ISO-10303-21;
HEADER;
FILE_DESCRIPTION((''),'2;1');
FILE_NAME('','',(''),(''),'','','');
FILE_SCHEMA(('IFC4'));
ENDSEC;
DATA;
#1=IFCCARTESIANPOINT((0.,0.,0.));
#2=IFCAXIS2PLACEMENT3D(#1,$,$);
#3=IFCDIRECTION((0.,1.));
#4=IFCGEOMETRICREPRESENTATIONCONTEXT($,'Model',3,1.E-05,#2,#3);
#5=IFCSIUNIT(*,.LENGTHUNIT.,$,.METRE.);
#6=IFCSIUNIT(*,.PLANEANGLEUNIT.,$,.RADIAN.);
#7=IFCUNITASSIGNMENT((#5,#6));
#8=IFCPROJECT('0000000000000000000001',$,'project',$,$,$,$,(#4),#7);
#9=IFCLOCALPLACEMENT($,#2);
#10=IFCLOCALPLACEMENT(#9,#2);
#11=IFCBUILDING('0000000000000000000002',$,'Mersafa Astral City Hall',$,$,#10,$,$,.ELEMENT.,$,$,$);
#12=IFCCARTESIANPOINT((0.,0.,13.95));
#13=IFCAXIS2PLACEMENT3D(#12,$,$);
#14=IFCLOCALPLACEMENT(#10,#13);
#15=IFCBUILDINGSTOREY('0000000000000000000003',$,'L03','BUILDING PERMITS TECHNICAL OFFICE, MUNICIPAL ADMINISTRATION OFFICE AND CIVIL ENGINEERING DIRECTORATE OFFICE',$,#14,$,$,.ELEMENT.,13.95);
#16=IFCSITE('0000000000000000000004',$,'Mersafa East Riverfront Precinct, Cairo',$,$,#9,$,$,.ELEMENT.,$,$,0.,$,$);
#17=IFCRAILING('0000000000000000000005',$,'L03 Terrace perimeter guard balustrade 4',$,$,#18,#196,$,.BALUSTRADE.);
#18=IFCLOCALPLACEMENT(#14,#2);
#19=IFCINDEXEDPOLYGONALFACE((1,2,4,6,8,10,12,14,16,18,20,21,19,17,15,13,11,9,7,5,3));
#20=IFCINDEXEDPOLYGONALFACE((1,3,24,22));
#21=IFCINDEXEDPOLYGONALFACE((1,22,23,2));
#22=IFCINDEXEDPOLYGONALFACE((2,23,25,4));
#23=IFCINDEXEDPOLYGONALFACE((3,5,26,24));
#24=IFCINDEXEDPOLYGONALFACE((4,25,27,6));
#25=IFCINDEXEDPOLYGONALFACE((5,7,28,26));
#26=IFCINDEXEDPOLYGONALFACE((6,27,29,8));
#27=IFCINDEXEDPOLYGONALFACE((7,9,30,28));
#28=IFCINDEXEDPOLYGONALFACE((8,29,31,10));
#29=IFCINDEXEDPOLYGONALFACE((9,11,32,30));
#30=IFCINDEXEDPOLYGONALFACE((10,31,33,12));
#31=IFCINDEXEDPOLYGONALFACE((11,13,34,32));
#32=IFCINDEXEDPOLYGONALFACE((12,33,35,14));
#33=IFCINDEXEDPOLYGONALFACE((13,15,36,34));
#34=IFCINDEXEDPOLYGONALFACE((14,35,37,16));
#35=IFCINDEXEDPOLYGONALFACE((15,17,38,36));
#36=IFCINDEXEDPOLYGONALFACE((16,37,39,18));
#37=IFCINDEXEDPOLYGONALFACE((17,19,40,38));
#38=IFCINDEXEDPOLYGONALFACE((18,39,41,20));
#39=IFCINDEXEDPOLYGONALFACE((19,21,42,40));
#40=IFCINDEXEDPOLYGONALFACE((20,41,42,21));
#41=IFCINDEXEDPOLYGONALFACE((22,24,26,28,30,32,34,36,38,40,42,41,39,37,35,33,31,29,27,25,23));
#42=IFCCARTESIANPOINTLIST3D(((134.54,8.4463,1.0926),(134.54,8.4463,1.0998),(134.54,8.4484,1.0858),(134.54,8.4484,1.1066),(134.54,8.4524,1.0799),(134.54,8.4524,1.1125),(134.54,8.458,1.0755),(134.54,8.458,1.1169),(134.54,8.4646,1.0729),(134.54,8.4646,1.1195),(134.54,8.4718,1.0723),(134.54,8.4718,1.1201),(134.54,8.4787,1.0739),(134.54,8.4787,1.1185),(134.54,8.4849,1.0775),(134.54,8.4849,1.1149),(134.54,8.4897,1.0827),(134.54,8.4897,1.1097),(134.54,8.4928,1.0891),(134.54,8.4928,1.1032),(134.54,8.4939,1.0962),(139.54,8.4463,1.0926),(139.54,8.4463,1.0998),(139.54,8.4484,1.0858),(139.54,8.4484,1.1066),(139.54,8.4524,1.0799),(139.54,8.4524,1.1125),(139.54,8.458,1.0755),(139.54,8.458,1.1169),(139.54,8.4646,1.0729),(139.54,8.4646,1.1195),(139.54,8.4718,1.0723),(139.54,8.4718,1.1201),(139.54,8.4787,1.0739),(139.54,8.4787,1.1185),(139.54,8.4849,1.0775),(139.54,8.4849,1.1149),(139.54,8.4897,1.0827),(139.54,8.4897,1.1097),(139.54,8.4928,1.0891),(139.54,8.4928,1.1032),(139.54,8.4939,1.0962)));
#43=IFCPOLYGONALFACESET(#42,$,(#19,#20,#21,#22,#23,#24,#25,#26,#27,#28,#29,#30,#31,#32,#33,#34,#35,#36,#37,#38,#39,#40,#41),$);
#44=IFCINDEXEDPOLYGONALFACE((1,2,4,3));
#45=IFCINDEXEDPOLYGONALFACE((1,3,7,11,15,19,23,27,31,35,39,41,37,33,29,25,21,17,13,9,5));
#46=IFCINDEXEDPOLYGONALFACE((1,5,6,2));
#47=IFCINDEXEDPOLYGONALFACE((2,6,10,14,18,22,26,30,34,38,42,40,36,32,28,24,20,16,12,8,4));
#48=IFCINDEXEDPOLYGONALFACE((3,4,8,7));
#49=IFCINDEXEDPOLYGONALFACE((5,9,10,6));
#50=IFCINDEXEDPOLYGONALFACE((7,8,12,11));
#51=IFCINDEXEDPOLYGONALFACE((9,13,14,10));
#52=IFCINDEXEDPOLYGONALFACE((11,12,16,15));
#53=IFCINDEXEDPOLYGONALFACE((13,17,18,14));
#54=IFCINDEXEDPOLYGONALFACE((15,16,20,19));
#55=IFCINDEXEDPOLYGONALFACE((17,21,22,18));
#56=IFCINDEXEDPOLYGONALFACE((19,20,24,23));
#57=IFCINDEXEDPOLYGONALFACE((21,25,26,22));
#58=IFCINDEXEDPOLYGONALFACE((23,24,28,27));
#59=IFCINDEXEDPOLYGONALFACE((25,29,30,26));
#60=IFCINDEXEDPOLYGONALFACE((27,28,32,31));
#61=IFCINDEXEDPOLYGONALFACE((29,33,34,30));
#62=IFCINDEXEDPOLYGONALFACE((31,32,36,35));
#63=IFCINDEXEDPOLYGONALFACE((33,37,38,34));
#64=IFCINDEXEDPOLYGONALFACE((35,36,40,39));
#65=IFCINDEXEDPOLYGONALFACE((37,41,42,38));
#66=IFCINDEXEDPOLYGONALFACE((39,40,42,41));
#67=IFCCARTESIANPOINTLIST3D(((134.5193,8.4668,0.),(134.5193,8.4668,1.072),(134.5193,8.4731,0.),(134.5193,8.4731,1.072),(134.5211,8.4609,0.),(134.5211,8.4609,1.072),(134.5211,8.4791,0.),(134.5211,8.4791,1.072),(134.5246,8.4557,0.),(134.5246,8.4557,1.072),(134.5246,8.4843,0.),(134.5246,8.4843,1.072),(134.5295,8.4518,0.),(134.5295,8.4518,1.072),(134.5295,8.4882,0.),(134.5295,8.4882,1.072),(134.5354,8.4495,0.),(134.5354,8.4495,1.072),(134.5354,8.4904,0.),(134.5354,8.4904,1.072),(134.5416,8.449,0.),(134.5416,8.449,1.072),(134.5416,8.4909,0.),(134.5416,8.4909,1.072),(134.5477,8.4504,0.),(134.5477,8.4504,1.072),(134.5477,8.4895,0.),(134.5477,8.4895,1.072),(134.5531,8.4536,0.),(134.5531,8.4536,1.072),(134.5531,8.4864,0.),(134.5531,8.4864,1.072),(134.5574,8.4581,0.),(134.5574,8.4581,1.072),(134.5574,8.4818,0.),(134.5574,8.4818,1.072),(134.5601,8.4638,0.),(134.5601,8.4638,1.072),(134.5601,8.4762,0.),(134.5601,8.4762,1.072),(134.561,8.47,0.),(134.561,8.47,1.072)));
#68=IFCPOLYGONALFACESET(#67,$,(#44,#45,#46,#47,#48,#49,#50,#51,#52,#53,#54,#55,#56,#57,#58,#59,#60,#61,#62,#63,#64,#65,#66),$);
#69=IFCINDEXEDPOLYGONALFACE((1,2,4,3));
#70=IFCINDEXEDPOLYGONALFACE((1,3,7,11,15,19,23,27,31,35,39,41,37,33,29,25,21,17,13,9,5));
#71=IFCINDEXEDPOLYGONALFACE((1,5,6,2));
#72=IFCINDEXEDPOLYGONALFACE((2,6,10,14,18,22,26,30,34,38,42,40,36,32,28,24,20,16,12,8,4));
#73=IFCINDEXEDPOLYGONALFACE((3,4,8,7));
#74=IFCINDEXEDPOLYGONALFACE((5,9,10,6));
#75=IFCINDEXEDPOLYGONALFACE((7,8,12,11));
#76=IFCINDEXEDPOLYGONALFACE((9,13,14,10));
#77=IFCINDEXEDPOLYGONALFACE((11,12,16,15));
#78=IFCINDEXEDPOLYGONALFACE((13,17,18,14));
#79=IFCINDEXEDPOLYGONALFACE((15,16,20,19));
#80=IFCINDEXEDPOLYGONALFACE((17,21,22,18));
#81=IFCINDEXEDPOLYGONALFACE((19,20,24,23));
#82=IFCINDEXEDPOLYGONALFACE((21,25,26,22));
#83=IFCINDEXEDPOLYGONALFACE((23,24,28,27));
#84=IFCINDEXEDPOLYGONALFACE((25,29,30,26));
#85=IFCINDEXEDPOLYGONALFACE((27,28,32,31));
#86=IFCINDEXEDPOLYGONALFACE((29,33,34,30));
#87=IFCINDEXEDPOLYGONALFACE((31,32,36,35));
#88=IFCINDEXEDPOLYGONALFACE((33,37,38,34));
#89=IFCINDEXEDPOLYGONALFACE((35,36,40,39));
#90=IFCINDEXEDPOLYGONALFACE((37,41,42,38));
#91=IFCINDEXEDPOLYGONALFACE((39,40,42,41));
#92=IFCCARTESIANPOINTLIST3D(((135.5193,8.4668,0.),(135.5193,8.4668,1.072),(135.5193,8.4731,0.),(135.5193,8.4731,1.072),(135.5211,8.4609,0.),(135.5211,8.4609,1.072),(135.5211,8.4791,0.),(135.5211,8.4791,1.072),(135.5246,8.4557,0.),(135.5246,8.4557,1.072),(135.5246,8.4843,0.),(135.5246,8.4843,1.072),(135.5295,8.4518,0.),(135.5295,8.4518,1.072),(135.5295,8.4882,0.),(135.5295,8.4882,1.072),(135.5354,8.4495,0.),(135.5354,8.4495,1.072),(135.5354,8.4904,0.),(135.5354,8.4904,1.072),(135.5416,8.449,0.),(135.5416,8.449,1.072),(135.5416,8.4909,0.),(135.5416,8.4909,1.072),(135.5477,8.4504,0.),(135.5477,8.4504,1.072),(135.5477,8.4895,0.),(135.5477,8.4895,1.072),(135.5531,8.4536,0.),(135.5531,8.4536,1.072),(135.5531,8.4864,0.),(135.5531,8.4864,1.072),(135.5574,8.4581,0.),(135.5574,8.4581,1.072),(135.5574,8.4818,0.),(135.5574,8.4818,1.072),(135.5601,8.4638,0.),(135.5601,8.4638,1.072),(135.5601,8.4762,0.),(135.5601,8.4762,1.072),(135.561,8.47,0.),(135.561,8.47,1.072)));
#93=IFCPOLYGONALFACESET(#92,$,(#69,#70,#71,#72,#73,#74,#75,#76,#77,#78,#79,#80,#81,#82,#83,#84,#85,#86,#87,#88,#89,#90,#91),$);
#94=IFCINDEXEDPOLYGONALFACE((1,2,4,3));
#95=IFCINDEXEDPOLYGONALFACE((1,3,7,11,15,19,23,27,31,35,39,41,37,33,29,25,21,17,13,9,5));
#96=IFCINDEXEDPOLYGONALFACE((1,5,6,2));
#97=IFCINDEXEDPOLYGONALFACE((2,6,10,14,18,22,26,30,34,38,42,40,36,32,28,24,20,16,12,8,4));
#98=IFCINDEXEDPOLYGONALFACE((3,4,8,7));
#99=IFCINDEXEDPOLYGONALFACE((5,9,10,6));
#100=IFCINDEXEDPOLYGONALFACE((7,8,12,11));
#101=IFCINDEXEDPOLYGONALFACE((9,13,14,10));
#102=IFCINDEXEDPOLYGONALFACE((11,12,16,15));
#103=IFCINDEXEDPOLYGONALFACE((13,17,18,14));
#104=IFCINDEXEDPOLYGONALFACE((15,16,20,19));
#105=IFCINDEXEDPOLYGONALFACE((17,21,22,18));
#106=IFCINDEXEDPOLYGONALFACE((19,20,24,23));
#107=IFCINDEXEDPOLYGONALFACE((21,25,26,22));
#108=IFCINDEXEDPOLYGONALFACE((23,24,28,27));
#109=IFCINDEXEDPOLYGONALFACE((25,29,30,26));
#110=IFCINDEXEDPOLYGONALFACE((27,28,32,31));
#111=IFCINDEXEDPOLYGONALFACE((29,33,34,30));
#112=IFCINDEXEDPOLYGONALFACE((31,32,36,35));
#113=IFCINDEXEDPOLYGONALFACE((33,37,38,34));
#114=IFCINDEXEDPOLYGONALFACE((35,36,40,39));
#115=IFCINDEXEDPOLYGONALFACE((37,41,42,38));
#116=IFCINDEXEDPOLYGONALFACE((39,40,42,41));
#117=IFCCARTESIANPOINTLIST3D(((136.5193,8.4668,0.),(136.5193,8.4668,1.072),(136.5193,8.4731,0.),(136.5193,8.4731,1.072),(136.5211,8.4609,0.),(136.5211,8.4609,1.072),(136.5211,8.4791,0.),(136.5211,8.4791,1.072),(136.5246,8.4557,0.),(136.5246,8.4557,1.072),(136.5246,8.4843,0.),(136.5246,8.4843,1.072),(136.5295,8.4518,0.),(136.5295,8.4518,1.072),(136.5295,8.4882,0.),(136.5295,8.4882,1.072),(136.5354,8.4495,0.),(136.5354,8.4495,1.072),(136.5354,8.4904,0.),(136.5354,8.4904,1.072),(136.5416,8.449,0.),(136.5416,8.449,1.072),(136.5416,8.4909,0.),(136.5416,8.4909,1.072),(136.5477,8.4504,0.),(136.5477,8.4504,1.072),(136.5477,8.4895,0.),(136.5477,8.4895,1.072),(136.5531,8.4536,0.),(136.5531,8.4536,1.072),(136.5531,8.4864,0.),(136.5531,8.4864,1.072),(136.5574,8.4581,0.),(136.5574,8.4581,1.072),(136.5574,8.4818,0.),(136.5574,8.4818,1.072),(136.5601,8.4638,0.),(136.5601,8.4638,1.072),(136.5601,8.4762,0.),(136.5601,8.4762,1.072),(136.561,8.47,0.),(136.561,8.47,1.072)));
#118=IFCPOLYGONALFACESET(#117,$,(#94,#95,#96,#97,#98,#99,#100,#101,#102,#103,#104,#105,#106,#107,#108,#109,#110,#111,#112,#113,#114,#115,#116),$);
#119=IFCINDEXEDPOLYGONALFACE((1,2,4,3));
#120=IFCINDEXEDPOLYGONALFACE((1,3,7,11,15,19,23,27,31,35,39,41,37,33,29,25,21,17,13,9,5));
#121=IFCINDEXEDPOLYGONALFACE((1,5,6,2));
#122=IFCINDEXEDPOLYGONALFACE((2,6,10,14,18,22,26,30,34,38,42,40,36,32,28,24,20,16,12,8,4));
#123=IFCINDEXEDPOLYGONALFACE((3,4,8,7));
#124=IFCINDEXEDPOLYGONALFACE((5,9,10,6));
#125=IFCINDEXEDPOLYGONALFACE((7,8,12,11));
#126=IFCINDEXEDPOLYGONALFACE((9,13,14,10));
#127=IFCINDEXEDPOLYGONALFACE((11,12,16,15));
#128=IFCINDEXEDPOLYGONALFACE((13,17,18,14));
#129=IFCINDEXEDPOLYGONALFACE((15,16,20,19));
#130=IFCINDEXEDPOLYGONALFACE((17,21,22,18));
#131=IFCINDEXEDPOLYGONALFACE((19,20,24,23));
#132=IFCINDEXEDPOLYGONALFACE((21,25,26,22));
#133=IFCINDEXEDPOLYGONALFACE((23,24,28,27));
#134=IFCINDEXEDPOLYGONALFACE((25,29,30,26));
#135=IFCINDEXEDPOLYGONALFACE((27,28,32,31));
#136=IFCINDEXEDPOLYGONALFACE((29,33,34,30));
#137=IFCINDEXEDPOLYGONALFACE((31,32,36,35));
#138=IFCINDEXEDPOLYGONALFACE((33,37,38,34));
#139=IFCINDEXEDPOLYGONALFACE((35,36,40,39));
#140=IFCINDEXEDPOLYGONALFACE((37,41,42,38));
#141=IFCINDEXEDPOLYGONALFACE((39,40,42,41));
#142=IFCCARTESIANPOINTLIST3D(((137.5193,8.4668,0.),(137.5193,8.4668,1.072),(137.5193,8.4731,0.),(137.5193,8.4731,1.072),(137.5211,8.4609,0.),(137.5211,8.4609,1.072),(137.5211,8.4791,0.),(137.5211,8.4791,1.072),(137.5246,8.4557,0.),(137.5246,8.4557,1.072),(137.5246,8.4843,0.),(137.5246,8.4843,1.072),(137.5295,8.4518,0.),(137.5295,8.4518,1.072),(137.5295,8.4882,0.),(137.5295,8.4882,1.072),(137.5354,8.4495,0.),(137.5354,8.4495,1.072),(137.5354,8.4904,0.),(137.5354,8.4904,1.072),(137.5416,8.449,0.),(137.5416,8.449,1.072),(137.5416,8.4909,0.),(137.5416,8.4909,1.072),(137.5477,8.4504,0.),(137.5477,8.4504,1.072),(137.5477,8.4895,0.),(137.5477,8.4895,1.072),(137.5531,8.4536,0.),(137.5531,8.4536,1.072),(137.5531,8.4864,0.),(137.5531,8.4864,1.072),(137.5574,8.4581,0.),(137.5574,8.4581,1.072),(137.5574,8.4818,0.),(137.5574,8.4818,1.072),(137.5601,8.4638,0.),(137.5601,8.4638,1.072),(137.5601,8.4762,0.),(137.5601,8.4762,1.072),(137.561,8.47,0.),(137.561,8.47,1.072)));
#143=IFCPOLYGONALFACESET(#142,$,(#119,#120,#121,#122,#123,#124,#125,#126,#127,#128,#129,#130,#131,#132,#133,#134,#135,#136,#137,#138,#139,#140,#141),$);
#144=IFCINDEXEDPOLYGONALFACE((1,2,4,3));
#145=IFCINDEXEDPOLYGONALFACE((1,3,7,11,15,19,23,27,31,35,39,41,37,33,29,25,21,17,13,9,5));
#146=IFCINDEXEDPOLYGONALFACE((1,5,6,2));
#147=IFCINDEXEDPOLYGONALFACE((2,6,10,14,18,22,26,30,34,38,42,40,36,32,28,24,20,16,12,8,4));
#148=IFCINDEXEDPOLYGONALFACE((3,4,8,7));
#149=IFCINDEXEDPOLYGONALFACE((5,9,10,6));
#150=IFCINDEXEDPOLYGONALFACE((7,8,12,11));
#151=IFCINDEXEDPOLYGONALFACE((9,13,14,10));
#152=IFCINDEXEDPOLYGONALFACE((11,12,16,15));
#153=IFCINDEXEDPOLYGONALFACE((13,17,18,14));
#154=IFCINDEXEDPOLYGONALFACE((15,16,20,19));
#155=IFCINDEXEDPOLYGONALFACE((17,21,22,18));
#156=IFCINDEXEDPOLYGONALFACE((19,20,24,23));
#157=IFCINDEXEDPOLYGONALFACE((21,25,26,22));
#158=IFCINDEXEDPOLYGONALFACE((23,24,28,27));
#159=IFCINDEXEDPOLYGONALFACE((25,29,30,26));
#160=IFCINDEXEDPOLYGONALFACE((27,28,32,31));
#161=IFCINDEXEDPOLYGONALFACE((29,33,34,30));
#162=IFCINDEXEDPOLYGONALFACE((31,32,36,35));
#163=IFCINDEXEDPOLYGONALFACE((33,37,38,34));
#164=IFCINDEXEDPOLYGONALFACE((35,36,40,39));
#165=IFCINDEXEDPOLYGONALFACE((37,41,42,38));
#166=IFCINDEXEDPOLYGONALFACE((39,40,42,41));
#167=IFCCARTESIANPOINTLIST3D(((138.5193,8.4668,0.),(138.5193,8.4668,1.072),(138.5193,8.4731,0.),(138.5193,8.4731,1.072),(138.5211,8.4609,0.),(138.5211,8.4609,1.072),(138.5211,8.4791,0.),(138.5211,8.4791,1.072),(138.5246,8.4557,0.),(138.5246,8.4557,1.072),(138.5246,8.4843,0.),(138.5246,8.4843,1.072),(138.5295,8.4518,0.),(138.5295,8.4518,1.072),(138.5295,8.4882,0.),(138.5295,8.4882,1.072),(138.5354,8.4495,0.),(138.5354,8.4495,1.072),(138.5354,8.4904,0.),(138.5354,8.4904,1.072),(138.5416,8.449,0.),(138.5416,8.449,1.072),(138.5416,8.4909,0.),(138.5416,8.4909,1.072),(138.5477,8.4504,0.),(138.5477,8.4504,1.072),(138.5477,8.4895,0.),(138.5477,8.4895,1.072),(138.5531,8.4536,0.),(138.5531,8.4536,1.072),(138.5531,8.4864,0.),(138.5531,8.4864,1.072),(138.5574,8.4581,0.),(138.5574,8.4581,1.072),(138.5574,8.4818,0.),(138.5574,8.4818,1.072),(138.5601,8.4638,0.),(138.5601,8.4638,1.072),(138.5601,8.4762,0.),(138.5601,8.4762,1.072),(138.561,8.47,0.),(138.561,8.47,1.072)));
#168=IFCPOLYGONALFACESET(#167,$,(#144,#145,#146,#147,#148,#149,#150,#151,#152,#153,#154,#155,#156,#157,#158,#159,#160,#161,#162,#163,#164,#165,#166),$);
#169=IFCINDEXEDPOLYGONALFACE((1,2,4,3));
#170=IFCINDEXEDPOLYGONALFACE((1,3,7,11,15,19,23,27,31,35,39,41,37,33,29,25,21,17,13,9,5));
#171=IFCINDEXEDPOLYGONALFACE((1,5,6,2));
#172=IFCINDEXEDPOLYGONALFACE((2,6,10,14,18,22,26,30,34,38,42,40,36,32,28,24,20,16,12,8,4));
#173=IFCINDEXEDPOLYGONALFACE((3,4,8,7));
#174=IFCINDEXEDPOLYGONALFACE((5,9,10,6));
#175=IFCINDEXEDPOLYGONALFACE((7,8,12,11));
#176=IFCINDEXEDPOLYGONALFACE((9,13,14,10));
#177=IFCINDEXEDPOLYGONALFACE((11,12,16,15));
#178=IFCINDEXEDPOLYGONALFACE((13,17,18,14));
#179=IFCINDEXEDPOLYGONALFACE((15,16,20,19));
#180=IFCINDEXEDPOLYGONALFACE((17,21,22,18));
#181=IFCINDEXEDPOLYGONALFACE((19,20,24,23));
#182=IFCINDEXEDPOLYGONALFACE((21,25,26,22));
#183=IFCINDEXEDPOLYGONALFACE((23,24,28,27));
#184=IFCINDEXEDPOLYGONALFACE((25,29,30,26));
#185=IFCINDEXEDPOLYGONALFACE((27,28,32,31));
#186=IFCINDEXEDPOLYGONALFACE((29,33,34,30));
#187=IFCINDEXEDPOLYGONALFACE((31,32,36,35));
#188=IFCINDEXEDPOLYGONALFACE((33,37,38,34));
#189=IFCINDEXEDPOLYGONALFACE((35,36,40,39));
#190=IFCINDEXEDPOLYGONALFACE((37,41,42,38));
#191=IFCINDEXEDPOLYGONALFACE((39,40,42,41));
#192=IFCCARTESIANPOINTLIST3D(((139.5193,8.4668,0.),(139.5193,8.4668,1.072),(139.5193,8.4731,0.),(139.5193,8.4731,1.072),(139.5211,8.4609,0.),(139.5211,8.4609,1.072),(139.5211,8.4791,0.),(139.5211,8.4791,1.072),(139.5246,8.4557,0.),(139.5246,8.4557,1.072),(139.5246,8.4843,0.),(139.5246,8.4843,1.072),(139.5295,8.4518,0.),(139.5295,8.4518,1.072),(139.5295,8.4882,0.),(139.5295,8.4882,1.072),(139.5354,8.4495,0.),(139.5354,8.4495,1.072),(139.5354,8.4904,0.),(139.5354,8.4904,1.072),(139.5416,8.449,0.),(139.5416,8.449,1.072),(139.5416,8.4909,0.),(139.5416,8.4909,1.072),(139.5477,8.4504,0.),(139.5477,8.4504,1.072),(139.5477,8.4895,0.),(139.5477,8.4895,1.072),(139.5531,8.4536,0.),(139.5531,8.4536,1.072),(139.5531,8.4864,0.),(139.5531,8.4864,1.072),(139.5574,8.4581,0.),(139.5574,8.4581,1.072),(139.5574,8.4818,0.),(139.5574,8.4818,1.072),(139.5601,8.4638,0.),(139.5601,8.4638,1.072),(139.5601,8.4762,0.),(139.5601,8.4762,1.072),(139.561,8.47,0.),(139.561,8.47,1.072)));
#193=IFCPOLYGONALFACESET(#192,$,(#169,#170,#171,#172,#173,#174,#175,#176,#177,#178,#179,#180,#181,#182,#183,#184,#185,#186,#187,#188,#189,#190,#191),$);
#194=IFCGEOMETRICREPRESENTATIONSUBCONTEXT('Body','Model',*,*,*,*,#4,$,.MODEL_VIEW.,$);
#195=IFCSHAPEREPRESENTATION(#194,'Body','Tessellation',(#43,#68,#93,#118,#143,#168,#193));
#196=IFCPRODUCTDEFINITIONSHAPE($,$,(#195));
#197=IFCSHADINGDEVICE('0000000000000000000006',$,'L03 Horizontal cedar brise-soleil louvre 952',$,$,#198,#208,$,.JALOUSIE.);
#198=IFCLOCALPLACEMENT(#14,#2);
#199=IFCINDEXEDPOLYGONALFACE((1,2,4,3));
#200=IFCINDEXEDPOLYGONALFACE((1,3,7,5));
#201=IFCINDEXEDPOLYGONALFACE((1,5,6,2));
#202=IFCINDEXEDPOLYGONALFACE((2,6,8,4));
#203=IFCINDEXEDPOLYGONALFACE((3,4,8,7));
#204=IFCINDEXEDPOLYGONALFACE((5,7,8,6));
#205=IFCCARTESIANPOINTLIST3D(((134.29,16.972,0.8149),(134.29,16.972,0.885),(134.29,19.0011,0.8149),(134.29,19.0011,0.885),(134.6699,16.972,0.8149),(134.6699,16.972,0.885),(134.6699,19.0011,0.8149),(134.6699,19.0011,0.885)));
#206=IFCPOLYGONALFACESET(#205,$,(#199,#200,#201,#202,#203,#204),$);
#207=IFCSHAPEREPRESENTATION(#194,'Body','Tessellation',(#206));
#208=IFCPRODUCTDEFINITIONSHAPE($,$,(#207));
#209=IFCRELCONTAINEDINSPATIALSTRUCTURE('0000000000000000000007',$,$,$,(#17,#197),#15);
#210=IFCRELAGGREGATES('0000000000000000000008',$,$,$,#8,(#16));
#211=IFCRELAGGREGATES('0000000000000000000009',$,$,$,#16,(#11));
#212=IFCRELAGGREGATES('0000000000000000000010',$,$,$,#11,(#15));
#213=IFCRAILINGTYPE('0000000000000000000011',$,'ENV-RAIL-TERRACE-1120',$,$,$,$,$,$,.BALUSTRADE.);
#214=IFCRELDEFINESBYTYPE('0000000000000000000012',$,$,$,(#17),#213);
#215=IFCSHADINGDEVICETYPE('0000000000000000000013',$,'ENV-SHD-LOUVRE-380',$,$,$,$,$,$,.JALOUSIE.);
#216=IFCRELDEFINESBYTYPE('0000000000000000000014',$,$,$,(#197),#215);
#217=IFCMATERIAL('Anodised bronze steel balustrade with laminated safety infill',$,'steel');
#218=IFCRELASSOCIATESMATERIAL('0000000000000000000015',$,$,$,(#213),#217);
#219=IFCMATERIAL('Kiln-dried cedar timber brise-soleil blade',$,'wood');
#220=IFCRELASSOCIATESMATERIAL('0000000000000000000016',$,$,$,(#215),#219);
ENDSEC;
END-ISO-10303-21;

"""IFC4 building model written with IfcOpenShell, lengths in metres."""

from ifc_helpers import new_model, si_unit, direction, frame, origin, origin_2d, place, context, subcontext, project, spatial, rectangle, circle, extrude, material, type_object, element, save


model = new_model("IFC4")

# Units and contexts
model_context = context("Model", 3, precision=1e-05, world=origin(), true_north=direction((0.0, 1.0)))
body_context = subcontext(model_context, "Body", "Model", "MODEL_VIEW")
ifc_project = project(units=[si_unit("LENGTHUNIT", "METRE"), si_unit("PLANEANGLEUNIT", "RADIAN")], contexts=[model_context])

# Site, building, storey
site_placement = place(None, origin())
site = spatial("IfcSite", under=ifc_project, at=site_placement, Name="Mersafa East Riverfront Precinct, Cairo", CompositionType="ELEMENT", RefElevation=0.0)
building_placement = place(site_placement, origin())
building = spatial("IfcBuilding", under=site, at=building_placement, Name="Mersafa Astral City Hall", CompositionType="ELEMENT")
storey_placement = place(building_placement, frame((0.0, 0.0, 13.95)))
storey = spatial("IfcBuildingStorey", under=building, at=storey_placement, Name="L03", Description="BUILDING PERMITS TECHNICAL OFFICE, MUNICIPAL ADMINISTRATION OFFICE AND CIVIL ENGINEERING DIRECTORATE OFFICE", CompositionType="ELEMENT", Elevation=13.95)

# Railing
ifc_material_1 = material(Name="Anodised bronze steel balustrade with laminated safety infill", Category="steel")
railing_type = type_object("IfcRailingType", Name="ENV-RAIL-TERRACE-1120", PredefinedType="BALUSTRADE", material=ifc_material_1)
railing_1_placement = place(storey_placement, frame((134.54, 8.47, 0.0)))
element("IfcRailing", 1, at=railing_1_placement, inside=storey, type_object=railing_type, Name="L03 Terrace perimeter guard balustrade 4", PredefinedType="BALUSTRADE", context=body_context, shape_type="SweptSolid", body=[
    extrude(circle(Radius=0.0239, at=origin_2d()), frame((0.0, 0.0, 1.0962), z_axis=(1.0, 0.0, 0.0), x_axis=(0.0, 1.0, 0.0)), (0.0, 0.0, 1.0), 5.0),
    extrude(circle(Radius=0.021, at=origin_2d()), origin(), (0.0, 0.0, 1.0), 1.072),
    extrude(circle(Radius=0.021, at=origin_2d()), frame((1.0, 0.0, 0.0)), (0.0, 0.0, 1.0), 1.072),
    extrude(circle(Radius=0.021, at=origin_2d()), frame((2.0, 0.0, 0.0)), (0.0, 0.0, 1.0), 1.072),
    extrude(circle(Radius=0.021, at=origin_2d()), frame((3.0, 0.0, 0.0)), (0.0, 0.0, 1.0), 1.072),
    extrude(circle(Radius=0.021, at=origin_2d()), frame((4.0, 0.0, 0.0)), (0.0, 0.0, 1.0), 1.072),
    extrude(circle(Radius=0.021, at=origin_2d()), frame((5.0, 0.0, 0.0)), (0.0, 0.0, 1.0), 1.072),
])

# Shading device
ifc_material_2 = material(Name="Kiln-dried cedar timber brise-soleil blade", Category="wood")
shading_device_type = type_object("IfcShadingDeviceType", Name="ENV-SHD-LOUVRE-380", PredefinedType="JALOUSIE", material=ifc_material_2)
shading_device_1_placement = place(storey_placement, frame((134.48, 17.9866, 0.8149), z_axis=(0.0, 0.0, 1.0), x_axis=(0.0, 1.0, 0.0)))
element("IfcShadingDevice", 2, at=shading_device_1_placement, inside=storey, type_object=shading_device_type, Name="L03 Horizontal cedar brise-soleil louvre 952", PredefinedType="JALOUSIE", context=body_context, shape_type="SweptSolid", body=[
    extrude(rectangle(XDim=2.0291, YDim=0.3799, at=origin_2d()), origin(), (0.0, 0.0, 1.0), 0.0701),
])

save(model, "model.ifc")
